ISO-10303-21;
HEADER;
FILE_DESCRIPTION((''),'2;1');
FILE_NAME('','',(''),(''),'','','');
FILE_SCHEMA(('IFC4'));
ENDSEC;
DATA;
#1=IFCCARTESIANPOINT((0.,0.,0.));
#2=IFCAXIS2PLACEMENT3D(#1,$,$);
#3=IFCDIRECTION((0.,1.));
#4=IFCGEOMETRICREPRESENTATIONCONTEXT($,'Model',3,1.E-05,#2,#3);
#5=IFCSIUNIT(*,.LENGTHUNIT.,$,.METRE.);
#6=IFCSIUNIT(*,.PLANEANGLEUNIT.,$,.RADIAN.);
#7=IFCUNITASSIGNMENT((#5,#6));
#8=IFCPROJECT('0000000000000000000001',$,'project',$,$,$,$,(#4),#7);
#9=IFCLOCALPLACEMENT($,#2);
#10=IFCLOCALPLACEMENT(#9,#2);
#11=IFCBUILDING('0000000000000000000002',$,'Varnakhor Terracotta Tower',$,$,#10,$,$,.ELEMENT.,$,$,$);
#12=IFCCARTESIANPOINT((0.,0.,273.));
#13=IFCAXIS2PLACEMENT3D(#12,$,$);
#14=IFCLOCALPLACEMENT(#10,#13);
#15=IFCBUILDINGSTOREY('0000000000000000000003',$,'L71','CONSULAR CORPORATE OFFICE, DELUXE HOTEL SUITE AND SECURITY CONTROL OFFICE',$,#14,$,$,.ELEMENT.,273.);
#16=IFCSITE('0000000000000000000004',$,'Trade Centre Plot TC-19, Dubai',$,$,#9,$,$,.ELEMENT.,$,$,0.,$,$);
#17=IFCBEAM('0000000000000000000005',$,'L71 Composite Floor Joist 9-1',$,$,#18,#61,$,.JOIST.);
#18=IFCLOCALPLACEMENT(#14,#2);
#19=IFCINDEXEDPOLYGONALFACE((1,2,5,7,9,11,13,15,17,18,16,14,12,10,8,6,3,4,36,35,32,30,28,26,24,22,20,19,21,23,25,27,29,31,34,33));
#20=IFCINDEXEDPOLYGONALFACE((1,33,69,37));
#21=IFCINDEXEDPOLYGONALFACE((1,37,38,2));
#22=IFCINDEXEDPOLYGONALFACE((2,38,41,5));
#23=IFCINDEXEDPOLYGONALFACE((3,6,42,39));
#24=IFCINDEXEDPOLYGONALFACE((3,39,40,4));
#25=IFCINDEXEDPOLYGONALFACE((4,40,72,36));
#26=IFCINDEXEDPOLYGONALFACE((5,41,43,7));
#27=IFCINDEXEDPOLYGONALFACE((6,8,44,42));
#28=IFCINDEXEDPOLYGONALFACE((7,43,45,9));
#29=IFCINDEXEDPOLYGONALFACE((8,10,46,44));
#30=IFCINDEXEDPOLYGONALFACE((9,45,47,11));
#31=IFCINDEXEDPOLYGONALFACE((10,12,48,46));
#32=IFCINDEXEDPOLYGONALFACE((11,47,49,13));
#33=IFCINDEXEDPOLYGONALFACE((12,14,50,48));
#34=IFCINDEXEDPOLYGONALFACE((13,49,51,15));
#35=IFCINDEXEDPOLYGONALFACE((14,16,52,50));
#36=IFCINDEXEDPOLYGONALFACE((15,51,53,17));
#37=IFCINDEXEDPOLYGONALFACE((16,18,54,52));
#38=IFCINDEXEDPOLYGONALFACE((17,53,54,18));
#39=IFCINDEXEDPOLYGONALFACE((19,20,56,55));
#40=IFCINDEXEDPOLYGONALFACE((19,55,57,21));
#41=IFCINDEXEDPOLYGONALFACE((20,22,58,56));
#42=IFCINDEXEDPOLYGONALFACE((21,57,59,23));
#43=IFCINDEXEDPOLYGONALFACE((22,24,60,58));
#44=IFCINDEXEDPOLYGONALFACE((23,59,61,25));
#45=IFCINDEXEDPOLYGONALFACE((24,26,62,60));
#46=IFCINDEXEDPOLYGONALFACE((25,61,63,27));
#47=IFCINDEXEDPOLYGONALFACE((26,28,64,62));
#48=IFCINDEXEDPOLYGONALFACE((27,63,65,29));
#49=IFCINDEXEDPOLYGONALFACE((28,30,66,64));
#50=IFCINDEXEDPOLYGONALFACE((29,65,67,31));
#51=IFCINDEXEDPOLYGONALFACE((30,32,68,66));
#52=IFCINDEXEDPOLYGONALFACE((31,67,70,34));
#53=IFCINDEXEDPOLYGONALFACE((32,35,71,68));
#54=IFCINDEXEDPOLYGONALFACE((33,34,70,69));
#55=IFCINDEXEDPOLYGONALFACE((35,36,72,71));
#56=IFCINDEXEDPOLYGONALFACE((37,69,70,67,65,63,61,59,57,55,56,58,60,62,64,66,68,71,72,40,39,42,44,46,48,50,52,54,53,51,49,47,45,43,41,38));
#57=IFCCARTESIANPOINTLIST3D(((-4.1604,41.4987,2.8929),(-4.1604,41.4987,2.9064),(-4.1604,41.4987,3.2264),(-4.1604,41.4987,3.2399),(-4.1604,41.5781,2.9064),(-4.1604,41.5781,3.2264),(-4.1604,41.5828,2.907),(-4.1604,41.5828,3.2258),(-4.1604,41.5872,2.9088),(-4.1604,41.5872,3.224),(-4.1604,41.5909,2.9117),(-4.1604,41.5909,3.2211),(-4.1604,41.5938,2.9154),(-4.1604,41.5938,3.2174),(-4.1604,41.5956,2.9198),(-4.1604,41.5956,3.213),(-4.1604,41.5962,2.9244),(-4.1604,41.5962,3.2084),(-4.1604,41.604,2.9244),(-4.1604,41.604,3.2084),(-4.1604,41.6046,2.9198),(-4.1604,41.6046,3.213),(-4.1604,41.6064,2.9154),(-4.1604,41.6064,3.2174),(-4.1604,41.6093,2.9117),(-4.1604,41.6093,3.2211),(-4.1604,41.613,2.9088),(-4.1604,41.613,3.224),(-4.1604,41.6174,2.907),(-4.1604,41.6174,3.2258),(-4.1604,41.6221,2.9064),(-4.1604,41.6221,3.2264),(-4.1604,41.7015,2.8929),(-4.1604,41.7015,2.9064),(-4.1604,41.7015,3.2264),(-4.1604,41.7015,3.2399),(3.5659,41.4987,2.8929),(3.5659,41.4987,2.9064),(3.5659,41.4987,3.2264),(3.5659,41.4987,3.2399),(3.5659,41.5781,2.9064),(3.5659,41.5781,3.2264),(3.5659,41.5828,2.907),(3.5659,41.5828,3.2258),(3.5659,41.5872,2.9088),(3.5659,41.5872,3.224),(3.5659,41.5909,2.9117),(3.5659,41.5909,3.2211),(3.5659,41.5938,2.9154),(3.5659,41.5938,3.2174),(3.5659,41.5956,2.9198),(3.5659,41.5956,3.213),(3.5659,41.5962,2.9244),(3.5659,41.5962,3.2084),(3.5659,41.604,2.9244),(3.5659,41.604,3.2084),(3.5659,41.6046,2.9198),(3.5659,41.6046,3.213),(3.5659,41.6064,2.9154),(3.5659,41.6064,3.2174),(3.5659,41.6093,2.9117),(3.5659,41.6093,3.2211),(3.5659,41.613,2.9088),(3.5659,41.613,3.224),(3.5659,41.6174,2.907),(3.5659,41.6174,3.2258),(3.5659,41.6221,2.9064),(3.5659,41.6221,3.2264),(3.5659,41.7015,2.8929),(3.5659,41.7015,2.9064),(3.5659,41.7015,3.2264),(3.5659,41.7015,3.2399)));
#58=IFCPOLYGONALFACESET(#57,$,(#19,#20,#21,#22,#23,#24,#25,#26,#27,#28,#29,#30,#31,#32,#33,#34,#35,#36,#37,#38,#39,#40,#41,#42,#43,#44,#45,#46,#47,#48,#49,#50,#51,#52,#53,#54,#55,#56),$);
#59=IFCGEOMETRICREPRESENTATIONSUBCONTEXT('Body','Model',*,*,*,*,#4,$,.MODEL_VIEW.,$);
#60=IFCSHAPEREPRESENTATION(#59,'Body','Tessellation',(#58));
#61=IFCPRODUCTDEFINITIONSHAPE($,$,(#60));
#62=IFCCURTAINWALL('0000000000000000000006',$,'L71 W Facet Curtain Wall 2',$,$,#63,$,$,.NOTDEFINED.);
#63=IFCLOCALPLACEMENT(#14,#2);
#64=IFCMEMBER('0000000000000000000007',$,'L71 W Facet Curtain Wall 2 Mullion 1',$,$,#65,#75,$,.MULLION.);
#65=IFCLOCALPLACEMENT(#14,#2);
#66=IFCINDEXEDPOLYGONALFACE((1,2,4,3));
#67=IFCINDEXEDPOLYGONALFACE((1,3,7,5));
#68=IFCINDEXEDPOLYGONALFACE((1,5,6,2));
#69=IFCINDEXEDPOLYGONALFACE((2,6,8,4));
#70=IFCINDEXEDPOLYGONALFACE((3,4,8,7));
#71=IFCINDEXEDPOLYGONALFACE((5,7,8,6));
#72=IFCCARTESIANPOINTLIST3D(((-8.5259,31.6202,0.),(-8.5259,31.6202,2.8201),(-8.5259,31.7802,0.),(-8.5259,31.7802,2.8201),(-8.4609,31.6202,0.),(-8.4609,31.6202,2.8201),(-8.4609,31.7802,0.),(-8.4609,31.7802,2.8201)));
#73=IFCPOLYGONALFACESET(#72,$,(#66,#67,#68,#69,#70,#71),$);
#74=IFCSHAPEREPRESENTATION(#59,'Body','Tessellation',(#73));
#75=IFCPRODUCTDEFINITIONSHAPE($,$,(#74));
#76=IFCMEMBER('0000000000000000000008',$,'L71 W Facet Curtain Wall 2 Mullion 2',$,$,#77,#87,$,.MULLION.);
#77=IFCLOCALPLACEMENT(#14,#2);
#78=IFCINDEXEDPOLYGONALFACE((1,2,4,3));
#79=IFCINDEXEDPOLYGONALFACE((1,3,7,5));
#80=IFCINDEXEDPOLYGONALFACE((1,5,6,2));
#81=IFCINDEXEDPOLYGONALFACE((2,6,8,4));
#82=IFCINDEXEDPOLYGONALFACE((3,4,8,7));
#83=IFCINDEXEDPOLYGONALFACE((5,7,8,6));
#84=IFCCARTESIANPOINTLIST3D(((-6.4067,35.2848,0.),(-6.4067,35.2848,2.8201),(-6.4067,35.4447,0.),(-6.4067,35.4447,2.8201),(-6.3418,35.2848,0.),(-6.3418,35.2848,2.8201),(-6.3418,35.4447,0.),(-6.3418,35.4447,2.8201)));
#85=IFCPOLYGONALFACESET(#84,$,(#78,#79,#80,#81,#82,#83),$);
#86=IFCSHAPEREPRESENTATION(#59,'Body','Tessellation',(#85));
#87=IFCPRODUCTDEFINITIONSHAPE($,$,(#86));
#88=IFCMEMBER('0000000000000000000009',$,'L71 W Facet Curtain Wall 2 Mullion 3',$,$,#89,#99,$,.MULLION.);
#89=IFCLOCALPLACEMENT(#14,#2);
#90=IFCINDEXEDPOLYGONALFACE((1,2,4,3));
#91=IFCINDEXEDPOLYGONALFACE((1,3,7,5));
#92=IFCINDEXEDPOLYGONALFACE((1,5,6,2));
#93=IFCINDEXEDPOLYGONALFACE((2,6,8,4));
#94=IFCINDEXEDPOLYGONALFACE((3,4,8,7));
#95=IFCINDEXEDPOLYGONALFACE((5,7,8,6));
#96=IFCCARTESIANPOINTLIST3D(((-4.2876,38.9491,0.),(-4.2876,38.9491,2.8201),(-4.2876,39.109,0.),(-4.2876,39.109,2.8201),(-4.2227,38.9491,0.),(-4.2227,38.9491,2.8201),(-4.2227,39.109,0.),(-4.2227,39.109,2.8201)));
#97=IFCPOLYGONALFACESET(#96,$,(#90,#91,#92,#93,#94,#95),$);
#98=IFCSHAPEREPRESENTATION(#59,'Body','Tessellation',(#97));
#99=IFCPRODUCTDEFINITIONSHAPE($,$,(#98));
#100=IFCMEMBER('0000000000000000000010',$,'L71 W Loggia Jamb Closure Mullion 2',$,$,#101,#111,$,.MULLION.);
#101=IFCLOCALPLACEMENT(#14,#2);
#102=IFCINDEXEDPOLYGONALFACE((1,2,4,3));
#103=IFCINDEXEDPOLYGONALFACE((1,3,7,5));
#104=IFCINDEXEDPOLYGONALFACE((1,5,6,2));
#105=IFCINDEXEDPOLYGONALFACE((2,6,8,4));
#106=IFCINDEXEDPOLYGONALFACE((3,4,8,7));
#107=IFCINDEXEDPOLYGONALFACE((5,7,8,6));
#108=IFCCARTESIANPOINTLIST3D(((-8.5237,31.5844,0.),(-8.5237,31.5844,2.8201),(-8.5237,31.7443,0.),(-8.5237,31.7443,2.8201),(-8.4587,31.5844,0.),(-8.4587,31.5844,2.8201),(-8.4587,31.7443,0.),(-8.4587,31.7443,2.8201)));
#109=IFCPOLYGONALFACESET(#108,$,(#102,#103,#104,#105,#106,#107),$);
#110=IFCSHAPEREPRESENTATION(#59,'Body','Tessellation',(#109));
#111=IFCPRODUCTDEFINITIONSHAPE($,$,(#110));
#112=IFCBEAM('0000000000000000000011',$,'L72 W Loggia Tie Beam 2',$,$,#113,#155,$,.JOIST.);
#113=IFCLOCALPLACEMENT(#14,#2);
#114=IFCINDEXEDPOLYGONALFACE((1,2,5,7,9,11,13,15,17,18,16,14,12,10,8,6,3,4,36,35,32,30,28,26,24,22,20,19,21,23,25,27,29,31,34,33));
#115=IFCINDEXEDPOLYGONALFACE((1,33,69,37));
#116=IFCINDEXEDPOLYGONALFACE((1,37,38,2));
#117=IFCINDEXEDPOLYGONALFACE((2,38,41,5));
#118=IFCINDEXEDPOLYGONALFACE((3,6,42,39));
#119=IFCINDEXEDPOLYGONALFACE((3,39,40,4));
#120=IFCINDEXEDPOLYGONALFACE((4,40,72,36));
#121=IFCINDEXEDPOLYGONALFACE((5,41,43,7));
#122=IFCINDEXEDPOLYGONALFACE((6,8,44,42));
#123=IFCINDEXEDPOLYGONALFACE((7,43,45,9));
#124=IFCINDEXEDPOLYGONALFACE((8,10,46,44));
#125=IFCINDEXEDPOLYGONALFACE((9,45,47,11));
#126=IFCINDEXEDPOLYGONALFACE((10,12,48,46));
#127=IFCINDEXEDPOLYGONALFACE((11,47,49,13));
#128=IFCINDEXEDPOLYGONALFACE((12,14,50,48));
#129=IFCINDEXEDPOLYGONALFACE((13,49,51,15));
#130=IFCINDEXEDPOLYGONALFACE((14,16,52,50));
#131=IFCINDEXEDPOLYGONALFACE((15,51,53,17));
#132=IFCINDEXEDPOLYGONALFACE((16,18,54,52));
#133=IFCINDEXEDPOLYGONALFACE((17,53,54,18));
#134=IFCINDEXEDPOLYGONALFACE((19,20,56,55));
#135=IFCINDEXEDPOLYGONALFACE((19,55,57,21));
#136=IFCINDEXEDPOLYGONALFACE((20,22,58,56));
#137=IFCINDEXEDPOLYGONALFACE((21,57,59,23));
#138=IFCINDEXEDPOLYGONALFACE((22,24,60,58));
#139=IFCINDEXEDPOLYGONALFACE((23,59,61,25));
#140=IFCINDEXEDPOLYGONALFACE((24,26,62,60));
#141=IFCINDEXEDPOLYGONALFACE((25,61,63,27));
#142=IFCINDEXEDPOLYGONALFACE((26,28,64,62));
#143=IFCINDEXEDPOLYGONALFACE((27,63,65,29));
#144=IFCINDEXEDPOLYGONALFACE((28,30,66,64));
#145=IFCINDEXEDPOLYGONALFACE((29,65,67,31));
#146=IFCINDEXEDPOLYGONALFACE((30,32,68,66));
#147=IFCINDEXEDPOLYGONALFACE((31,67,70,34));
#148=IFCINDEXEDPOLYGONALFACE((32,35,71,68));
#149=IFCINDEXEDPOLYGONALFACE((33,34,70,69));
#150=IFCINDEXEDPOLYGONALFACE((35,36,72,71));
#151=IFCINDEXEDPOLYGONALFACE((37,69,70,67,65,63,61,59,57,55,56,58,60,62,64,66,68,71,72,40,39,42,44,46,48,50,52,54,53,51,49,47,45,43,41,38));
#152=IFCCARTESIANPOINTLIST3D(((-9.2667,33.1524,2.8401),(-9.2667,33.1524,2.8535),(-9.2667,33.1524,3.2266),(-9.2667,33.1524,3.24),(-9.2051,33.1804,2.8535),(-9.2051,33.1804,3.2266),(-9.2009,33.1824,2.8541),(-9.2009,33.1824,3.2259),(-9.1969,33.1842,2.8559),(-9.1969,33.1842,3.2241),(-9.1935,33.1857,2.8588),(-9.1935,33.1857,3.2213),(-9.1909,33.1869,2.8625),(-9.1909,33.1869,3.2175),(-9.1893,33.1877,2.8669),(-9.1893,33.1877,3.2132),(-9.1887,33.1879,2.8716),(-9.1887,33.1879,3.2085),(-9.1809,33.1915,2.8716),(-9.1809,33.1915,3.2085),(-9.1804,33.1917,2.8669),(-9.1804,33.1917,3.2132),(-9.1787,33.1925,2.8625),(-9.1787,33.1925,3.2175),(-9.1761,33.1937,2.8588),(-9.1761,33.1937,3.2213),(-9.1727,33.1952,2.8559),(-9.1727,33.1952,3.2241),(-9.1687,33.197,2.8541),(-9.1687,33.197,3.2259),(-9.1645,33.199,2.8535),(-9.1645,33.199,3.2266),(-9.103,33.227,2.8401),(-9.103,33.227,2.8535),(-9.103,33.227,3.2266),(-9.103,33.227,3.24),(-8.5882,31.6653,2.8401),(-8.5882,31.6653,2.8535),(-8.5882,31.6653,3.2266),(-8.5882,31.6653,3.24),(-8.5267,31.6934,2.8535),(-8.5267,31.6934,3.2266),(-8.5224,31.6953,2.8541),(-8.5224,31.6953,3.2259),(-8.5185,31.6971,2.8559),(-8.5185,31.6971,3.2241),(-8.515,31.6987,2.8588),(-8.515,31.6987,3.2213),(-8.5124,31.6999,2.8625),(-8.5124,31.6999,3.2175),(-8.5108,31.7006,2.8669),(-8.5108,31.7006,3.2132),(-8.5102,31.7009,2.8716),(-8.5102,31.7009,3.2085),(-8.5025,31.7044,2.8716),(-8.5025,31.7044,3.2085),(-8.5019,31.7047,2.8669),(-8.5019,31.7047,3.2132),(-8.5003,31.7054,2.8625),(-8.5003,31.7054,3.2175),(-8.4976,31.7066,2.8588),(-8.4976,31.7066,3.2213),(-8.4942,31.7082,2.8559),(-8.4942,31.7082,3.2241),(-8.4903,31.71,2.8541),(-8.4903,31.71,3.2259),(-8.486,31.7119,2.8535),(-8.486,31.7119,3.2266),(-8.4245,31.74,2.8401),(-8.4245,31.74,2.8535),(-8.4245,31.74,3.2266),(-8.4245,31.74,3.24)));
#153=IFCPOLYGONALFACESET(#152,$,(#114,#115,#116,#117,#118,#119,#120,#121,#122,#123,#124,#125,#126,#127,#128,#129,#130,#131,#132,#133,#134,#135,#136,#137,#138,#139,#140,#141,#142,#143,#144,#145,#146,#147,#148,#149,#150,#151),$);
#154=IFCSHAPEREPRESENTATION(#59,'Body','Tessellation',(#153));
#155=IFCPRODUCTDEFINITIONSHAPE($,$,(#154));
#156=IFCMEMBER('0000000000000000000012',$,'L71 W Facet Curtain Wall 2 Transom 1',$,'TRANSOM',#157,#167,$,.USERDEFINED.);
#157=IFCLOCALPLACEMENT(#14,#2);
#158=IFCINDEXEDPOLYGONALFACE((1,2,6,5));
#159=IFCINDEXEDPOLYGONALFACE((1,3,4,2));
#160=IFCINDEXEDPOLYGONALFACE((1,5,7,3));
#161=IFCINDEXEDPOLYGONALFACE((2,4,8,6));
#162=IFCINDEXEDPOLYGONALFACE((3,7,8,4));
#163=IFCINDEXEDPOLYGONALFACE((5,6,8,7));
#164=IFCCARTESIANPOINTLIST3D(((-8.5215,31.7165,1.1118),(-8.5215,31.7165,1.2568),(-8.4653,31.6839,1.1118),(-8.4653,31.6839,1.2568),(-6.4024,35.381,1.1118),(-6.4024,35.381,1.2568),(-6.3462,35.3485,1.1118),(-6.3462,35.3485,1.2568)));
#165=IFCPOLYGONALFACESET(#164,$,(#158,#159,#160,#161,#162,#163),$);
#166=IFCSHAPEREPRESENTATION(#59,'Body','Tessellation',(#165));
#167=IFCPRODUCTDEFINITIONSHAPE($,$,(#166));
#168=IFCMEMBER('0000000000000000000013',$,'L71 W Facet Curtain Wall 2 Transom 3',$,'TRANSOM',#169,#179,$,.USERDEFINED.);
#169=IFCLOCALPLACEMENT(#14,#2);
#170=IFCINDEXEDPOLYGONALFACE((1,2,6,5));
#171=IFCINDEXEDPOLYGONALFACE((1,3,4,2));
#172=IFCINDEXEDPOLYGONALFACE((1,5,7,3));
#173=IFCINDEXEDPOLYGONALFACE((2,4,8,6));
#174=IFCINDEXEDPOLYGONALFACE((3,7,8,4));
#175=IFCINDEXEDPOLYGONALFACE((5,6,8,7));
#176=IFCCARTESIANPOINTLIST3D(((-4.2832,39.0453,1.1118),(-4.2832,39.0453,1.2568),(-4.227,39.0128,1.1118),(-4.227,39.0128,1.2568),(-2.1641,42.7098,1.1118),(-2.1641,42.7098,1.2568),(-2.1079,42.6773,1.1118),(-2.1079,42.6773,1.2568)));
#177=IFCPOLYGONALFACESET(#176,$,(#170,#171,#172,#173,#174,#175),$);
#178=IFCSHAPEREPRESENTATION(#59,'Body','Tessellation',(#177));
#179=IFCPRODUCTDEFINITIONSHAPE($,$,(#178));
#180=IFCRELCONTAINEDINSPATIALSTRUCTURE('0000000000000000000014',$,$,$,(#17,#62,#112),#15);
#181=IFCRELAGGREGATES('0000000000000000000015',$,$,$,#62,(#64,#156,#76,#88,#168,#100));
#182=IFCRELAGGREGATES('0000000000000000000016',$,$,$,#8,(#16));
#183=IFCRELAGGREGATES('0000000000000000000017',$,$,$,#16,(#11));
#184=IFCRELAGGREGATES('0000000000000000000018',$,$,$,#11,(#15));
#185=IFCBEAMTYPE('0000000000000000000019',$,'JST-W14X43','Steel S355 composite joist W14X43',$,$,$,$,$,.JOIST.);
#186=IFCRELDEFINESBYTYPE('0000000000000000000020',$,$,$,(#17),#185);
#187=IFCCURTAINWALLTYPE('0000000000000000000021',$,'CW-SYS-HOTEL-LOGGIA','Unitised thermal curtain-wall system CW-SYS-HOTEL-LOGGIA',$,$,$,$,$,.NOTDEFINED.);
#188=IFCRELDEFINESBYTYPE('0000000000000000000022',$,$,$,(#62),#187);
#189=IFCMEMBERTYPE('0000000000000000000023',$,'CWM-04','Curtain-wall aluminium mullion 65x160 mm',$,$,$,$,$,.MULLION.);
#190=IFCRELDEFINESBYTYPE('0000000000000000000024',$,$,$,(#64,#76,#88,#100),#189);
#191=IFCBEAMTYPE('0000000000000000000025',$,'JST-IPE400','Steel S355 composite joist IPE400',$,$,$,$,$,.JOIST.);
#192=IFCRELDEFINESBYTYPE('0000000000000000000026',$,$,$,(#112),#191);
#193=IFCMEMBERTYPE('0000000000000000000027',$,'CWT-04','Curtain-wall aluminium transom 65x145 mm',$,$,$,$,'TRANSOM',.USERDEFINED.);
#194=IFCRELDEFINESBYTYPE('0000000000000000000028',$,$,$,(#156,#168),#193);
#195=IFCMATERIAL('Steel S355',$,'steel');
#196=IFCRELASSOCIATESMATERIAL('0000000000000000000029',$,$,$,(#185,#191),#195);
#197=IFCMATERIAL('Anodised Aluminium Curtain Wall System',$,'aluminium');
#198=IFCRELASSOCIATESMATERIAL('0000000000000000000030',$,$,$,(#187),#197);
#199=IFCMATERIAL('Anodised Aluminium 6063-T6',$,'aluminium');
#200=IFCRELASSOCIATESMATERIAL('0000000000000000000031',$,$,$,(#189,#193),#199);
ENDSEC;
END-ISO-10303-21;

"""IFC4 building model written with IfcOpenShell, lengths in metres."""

from ifc_helpers import new_model, si_unit, direction, frame, origin, origin_2d, place, context, subcontext, project, spatial, rectangle, i_section, extrude, source, transform, mapped, material, material_profile, profile_set, type_object, type_shapes, element, aggregate, save


model = new_model("IFC4")

# Units and contexts
model_context = context("Model", 3, precision=1e-05, world=origin(), true_north=direction((0.0, 1.0)))
body_context = subcontext(model_context, "Body", "Model", "MODEL_VIEW")
ifc_project = project(units=[si_unit("LENGTHUNIT", "METRE"), si_unit("PLANEANGLEUNIT", "RADIAN")], contexts=[model_context])

# Site, building, storey
site_placement = place(None, origin())
site = spatial("IfcSite", under=ifc_project, at=site_placement, Name="Trade Centre Plot TC-19, Dubai", CompositionType="ELEMENT", RefElevation=0.0)
building_placement = place(site_placement, origin())
building = spatial("IfcBuilding", under=site, at=building_placement, Name="Varnakhor Terracotta Tower", CompositionType="ELEMENT")
storey_placement = place(building_placement, frame((0.0, 0.0, 273.0)))
storey = spatial("IfcBuildingStorey", under=building, at=storey_placement, Name="L71", Description="CONSULAR CORPORATE OFFICE, DELUXE HOTEL SUITE AND SECURITY CONTROL OFFICE", CompositionType="ELEMENT", Elevation=273.0)

# Beam
ifc_material_1 = material(Name="Steel S355", Category="steel")
ifc_material_profile_1 = material_profile(ifc_material_1, i_section(OverallWidth=0.2029, OverallDepth=0.3469, WebThickness=0.0078, FlangeThickness=0.0134, FilletRadius=0.0181, at=origin_2d()), Name="W14X43")
ifc_profile_set_1 = profile_set([ifc_material_profile_1], Name="Steel S355")
beam_type_1 = type_object("IfcBeamType", Name="JST-W14X43", Description="Steel S355 composite joist W14X43", PredefinedType="JOIST", material=ifc_profile_set_1)
ifc_material_profile_2 = material_profile(ifc_material_1, i_section(OverallWidth=0.1799, OverallDepth=0.3999, WebThickness=0.0085, FlangeThickness=0.0134, FilletRadius=0.0181, at=origin_2d()), Name="IPE400")
ifc_profile_set_2 = profile_set([ifc_material_profile_2], Name="Steel S355")
beam_type_2 = type_object("IfcBeamType", Name="JST-IPE400", Description="Steel S355 composite joist IPE400", PredefinedType="JOIST", material=ifc_profile_set_2)
shared_shape_1 = source(origin(), body_context, "Body", "SweptSolid", [
    extrude(i_section(OverallWidth=0.2029, OverallDepth=0.3469, WebThickness=0.0078, FlangeThickness=0.0134, FilletRadius=0.0181, at=origin_2d()), origin(), (0.0, 0.0, 1.0), 7.7263),
])
beam_1_placement = place(storey_placement, frame((-4.1604, 41.6001, 3.0664), z_axis=(1.0, 0.0, 0.0), x_axis=(0.0, 1.0, 0.0)))
element("IfcBeam", 1, at=beam_1_placement, inside=storey, type_object=beam_type_1, Name="L71 Composite Floor Joist 9-1", PredefinedType="JOIST", context=body_context, shape_type="MappedRepresentation", body=[
    mapped(shared_shape_1, transform((0.0, 0.0, 0.0), scale=1.0)),
])

# Curtain wall, members
ifc_material_2 = material(Name="Anodised Aluminium Curtain Wall System", Category="aluminium")
curtain_wall_type = type_object("IfcCurtainWallType", Name="CW-SYS-HOTEL-LOGGIA", Description="Unitised thermal curtain-wall system CW-SYS-HOTEL-LOGGIA", PredefinedType="NOTDEFINED", material=ifc_material_2)
curtain_wall_placement = place(storey_placement, origin())
curtain_wall = element("IfcCurtainWall", 2, at=curtain_wall_placement, inside=storey, type_object=curtain_wall_type, Name="L71 W Facet Curtain Wall 2", PredefinedType="NOTDEFINED")
ifc_material_3 = material(Name="Anodised Aluminium 6063-T6", Category="aluminium")
ifc_material_profile_3 = material_profile(ifc_material_3, rectangle(XDim=0.0649, YDim=0.1599, at=origin_2d()), Name="ALU MULLION 65x160")
ifc_profile_set_3 = profile_set([ifc_material_profile_3], Name="Anodised Aluminium 6063-T6")
member_type_1 = type_object("IfcMemberType", Name="CWM-04", Description="Curtain-wall aluminium mullion 65x160 mm", PredefinedType="MULLION", material=ifc_profile_set_3)
shared_shape_2 = source(origin(), body_context, "Body", "SweptSolid", [
    extrude(rectangle(XDim=0.0649, YDim=0.1599, at=origin_2d()), origin(), (0.0, 0.0, 1.0), 2.8201),
])
type_shapes(member_type_1, [shared_shape_2])
member_1_placement = place(storey_placement, frame((-8.4934, 31.7002, 0.0), z_axis=(0.0, 0.0, 1.0), x_axis=(1.0, 0.0, 0.0)))
member_1 = element("IfcMember", 3, at=member_1_placement, type_object=member_type_1, Name="L71 W Facet Curtain Wall 2 Mullion 1", PredefinedType="MULLION", context=body_context, shape_type="MappedRepresentation", body=[
    mapped(shared_shape_2, transform((0.0, 0.0, 0.0), scale=1.0)),
])
member_2_placement = place(storey_placement, frame((-6.3743, 35.3647, 0.0), z_axis=(0.0, 0.0, 1.0), x_axis=(1.0, 0.0, 0.0)))
member_2 = element("IfcMember", 4, at=member_2_placement, type_object=member_type_1, Name="L71 W Facet Curtain Wall 2 Mullion 2", PredefinedType="MULLION", context=body_context, shape_type="MappedRepresentation", body=[
    mapped(shared_shape_2, transform((0.0, 0.0, 0.0), scale=1.0)),
])
member_3_placement = place(storey_placement, frame((-4.2551, 39.0291, 0.0), z_axis=(0.0, 0.0, 1.0), x_axis=(1.0, 0.0, 0.0)))
member_3 = element("IfcMember", 5, at=member_3_placement, type_object=member_type_1, Name="L71 W Facet Curtain Wall 2 Mullion 3", PredefinedType="MULLION", context=body_context, shape_type="MappedRepresentation", body=[
    mapped(shared_shape_2, transform((0.0, 0.0, 0.0), scale=1.0)),
])
member_4_placement = place(storey_placement, frame((-8.4912, 31.6643, 0.0), z_axis=(0.0, 0.0, 1.0), x_axis=(1.0, 0.0, 0.0)))
member_4 = element("IfcMember", 6, at=member_4_placement, type_object=member_type_1, Name="L71 W Loggia Jamb Closure Mullion 2", PredefinedType="MULLION", context=body_context, shape_type="MappedRepresentation", body=[
    mapped(shared_shape_2, transform((0.0, 0.0, 0.0), scale=1.0)),
])

# Beam
shared_shape_3 = source(origin(), body_context, "Body", "SweptSolid", [
    extrude(i_section(OverallWidth=0.1799, OverallDepth=0.3999, WebThickness=0.0085, FlangeThickness=0.0134, FilletRadius=0.0181, at=origin_2d()), origin(), (0.0, 0.0, 1.0), 1.6345),
])
beam_2_placement = place(storey_placement, frame((-8.5063, 31.7026, 3.04), z_axis=(-0.415085, 0.909782, 0.0), x_axis=(-0.909782, -0.415085, 0.0)))
element("IfcBeam", 7, at=beam_2_placement, inside=storey, type_object=beam_type_2, Name="L72 W Loggia Tie Beam 2", PredefinedType="JOIST", context=body_context, shape_type="MappedRepresentation", body=[
    mapped(shared_shape_3, transform((0.0, 0.0, 0.0), scale=1.0)),
])

# Members
ifc_material_profile_4 = material_profile(ifc_material_3, rectangle(XDim=0.0649, YDim=0.145, at=origin_2d()), Name="ALU TRANSOM 65x145")
ifc_profile_set_4 = profile_set([ifc_material_profile_4], Name="Anodised Aluminium 6063-T6")
member_type_2 = type_object("IfcMemberType", Name="CWT-04", Description="Curtain-wall aluminium transom 65x145 mm", ElementType="TRANSOM", PredefinedType="USERDEFINED", material=ifc_profile_set_4)
shared_shape_4 = source(origin(), body_context, "Body", "SweptSolid", [
    extrude(rectangle(XDim=0.0649, YDim=0.145, at=origin_2d()), origin(), (0.0, 0.0, 1.0), 4.2332),
])
member_5_placement = place(storey_placement, frame((-8.4934, 31.7002, 1.1843), z_axis=(0.500604, 0.865676, 0.0), x_axis=(-0.865676, 0.500604, 0.0)))
member_5 = element("IfcMember", 8, at=member_5_placement, type_object=member_type_2, Name="L71 W Facet Curtain Wall 2 Transom 1", ObjectType="TRANSOM", PredefinedType="USERDEFINED", context=body_context, shape_type="MappedRepresentation", body=[
    mapped(shared_shape_4, transform((0.0, 0.0, 0.0), scale=1.0)),
])
member_6_placement = place(storey_placement, frame((-4.2551, 39.0291, 1.1843), z_axis=(0.500604, 0.865676, 0.0), x_axis=(-0.865676, 0.500604, 0.0)))
member_6 = element("IfcMember", 9, at=member_6_placement, type_object=member_type_2, Name="L71 W Facet Curtain Wall 2 Transom 3", ObjectType="TRANSOM", PredefinedType="USERDEFINED", context=body_context, shape_type="MappedRepresentation", body=[
    mapped(shared_shape_4, transform((0.0, 0.0, 0.0), scale=1.0)),
])

aggregate(curtain_wall, [member_1, member_5, member_2, member_3, member_6, member_4])

save(model, "model.ifc")
